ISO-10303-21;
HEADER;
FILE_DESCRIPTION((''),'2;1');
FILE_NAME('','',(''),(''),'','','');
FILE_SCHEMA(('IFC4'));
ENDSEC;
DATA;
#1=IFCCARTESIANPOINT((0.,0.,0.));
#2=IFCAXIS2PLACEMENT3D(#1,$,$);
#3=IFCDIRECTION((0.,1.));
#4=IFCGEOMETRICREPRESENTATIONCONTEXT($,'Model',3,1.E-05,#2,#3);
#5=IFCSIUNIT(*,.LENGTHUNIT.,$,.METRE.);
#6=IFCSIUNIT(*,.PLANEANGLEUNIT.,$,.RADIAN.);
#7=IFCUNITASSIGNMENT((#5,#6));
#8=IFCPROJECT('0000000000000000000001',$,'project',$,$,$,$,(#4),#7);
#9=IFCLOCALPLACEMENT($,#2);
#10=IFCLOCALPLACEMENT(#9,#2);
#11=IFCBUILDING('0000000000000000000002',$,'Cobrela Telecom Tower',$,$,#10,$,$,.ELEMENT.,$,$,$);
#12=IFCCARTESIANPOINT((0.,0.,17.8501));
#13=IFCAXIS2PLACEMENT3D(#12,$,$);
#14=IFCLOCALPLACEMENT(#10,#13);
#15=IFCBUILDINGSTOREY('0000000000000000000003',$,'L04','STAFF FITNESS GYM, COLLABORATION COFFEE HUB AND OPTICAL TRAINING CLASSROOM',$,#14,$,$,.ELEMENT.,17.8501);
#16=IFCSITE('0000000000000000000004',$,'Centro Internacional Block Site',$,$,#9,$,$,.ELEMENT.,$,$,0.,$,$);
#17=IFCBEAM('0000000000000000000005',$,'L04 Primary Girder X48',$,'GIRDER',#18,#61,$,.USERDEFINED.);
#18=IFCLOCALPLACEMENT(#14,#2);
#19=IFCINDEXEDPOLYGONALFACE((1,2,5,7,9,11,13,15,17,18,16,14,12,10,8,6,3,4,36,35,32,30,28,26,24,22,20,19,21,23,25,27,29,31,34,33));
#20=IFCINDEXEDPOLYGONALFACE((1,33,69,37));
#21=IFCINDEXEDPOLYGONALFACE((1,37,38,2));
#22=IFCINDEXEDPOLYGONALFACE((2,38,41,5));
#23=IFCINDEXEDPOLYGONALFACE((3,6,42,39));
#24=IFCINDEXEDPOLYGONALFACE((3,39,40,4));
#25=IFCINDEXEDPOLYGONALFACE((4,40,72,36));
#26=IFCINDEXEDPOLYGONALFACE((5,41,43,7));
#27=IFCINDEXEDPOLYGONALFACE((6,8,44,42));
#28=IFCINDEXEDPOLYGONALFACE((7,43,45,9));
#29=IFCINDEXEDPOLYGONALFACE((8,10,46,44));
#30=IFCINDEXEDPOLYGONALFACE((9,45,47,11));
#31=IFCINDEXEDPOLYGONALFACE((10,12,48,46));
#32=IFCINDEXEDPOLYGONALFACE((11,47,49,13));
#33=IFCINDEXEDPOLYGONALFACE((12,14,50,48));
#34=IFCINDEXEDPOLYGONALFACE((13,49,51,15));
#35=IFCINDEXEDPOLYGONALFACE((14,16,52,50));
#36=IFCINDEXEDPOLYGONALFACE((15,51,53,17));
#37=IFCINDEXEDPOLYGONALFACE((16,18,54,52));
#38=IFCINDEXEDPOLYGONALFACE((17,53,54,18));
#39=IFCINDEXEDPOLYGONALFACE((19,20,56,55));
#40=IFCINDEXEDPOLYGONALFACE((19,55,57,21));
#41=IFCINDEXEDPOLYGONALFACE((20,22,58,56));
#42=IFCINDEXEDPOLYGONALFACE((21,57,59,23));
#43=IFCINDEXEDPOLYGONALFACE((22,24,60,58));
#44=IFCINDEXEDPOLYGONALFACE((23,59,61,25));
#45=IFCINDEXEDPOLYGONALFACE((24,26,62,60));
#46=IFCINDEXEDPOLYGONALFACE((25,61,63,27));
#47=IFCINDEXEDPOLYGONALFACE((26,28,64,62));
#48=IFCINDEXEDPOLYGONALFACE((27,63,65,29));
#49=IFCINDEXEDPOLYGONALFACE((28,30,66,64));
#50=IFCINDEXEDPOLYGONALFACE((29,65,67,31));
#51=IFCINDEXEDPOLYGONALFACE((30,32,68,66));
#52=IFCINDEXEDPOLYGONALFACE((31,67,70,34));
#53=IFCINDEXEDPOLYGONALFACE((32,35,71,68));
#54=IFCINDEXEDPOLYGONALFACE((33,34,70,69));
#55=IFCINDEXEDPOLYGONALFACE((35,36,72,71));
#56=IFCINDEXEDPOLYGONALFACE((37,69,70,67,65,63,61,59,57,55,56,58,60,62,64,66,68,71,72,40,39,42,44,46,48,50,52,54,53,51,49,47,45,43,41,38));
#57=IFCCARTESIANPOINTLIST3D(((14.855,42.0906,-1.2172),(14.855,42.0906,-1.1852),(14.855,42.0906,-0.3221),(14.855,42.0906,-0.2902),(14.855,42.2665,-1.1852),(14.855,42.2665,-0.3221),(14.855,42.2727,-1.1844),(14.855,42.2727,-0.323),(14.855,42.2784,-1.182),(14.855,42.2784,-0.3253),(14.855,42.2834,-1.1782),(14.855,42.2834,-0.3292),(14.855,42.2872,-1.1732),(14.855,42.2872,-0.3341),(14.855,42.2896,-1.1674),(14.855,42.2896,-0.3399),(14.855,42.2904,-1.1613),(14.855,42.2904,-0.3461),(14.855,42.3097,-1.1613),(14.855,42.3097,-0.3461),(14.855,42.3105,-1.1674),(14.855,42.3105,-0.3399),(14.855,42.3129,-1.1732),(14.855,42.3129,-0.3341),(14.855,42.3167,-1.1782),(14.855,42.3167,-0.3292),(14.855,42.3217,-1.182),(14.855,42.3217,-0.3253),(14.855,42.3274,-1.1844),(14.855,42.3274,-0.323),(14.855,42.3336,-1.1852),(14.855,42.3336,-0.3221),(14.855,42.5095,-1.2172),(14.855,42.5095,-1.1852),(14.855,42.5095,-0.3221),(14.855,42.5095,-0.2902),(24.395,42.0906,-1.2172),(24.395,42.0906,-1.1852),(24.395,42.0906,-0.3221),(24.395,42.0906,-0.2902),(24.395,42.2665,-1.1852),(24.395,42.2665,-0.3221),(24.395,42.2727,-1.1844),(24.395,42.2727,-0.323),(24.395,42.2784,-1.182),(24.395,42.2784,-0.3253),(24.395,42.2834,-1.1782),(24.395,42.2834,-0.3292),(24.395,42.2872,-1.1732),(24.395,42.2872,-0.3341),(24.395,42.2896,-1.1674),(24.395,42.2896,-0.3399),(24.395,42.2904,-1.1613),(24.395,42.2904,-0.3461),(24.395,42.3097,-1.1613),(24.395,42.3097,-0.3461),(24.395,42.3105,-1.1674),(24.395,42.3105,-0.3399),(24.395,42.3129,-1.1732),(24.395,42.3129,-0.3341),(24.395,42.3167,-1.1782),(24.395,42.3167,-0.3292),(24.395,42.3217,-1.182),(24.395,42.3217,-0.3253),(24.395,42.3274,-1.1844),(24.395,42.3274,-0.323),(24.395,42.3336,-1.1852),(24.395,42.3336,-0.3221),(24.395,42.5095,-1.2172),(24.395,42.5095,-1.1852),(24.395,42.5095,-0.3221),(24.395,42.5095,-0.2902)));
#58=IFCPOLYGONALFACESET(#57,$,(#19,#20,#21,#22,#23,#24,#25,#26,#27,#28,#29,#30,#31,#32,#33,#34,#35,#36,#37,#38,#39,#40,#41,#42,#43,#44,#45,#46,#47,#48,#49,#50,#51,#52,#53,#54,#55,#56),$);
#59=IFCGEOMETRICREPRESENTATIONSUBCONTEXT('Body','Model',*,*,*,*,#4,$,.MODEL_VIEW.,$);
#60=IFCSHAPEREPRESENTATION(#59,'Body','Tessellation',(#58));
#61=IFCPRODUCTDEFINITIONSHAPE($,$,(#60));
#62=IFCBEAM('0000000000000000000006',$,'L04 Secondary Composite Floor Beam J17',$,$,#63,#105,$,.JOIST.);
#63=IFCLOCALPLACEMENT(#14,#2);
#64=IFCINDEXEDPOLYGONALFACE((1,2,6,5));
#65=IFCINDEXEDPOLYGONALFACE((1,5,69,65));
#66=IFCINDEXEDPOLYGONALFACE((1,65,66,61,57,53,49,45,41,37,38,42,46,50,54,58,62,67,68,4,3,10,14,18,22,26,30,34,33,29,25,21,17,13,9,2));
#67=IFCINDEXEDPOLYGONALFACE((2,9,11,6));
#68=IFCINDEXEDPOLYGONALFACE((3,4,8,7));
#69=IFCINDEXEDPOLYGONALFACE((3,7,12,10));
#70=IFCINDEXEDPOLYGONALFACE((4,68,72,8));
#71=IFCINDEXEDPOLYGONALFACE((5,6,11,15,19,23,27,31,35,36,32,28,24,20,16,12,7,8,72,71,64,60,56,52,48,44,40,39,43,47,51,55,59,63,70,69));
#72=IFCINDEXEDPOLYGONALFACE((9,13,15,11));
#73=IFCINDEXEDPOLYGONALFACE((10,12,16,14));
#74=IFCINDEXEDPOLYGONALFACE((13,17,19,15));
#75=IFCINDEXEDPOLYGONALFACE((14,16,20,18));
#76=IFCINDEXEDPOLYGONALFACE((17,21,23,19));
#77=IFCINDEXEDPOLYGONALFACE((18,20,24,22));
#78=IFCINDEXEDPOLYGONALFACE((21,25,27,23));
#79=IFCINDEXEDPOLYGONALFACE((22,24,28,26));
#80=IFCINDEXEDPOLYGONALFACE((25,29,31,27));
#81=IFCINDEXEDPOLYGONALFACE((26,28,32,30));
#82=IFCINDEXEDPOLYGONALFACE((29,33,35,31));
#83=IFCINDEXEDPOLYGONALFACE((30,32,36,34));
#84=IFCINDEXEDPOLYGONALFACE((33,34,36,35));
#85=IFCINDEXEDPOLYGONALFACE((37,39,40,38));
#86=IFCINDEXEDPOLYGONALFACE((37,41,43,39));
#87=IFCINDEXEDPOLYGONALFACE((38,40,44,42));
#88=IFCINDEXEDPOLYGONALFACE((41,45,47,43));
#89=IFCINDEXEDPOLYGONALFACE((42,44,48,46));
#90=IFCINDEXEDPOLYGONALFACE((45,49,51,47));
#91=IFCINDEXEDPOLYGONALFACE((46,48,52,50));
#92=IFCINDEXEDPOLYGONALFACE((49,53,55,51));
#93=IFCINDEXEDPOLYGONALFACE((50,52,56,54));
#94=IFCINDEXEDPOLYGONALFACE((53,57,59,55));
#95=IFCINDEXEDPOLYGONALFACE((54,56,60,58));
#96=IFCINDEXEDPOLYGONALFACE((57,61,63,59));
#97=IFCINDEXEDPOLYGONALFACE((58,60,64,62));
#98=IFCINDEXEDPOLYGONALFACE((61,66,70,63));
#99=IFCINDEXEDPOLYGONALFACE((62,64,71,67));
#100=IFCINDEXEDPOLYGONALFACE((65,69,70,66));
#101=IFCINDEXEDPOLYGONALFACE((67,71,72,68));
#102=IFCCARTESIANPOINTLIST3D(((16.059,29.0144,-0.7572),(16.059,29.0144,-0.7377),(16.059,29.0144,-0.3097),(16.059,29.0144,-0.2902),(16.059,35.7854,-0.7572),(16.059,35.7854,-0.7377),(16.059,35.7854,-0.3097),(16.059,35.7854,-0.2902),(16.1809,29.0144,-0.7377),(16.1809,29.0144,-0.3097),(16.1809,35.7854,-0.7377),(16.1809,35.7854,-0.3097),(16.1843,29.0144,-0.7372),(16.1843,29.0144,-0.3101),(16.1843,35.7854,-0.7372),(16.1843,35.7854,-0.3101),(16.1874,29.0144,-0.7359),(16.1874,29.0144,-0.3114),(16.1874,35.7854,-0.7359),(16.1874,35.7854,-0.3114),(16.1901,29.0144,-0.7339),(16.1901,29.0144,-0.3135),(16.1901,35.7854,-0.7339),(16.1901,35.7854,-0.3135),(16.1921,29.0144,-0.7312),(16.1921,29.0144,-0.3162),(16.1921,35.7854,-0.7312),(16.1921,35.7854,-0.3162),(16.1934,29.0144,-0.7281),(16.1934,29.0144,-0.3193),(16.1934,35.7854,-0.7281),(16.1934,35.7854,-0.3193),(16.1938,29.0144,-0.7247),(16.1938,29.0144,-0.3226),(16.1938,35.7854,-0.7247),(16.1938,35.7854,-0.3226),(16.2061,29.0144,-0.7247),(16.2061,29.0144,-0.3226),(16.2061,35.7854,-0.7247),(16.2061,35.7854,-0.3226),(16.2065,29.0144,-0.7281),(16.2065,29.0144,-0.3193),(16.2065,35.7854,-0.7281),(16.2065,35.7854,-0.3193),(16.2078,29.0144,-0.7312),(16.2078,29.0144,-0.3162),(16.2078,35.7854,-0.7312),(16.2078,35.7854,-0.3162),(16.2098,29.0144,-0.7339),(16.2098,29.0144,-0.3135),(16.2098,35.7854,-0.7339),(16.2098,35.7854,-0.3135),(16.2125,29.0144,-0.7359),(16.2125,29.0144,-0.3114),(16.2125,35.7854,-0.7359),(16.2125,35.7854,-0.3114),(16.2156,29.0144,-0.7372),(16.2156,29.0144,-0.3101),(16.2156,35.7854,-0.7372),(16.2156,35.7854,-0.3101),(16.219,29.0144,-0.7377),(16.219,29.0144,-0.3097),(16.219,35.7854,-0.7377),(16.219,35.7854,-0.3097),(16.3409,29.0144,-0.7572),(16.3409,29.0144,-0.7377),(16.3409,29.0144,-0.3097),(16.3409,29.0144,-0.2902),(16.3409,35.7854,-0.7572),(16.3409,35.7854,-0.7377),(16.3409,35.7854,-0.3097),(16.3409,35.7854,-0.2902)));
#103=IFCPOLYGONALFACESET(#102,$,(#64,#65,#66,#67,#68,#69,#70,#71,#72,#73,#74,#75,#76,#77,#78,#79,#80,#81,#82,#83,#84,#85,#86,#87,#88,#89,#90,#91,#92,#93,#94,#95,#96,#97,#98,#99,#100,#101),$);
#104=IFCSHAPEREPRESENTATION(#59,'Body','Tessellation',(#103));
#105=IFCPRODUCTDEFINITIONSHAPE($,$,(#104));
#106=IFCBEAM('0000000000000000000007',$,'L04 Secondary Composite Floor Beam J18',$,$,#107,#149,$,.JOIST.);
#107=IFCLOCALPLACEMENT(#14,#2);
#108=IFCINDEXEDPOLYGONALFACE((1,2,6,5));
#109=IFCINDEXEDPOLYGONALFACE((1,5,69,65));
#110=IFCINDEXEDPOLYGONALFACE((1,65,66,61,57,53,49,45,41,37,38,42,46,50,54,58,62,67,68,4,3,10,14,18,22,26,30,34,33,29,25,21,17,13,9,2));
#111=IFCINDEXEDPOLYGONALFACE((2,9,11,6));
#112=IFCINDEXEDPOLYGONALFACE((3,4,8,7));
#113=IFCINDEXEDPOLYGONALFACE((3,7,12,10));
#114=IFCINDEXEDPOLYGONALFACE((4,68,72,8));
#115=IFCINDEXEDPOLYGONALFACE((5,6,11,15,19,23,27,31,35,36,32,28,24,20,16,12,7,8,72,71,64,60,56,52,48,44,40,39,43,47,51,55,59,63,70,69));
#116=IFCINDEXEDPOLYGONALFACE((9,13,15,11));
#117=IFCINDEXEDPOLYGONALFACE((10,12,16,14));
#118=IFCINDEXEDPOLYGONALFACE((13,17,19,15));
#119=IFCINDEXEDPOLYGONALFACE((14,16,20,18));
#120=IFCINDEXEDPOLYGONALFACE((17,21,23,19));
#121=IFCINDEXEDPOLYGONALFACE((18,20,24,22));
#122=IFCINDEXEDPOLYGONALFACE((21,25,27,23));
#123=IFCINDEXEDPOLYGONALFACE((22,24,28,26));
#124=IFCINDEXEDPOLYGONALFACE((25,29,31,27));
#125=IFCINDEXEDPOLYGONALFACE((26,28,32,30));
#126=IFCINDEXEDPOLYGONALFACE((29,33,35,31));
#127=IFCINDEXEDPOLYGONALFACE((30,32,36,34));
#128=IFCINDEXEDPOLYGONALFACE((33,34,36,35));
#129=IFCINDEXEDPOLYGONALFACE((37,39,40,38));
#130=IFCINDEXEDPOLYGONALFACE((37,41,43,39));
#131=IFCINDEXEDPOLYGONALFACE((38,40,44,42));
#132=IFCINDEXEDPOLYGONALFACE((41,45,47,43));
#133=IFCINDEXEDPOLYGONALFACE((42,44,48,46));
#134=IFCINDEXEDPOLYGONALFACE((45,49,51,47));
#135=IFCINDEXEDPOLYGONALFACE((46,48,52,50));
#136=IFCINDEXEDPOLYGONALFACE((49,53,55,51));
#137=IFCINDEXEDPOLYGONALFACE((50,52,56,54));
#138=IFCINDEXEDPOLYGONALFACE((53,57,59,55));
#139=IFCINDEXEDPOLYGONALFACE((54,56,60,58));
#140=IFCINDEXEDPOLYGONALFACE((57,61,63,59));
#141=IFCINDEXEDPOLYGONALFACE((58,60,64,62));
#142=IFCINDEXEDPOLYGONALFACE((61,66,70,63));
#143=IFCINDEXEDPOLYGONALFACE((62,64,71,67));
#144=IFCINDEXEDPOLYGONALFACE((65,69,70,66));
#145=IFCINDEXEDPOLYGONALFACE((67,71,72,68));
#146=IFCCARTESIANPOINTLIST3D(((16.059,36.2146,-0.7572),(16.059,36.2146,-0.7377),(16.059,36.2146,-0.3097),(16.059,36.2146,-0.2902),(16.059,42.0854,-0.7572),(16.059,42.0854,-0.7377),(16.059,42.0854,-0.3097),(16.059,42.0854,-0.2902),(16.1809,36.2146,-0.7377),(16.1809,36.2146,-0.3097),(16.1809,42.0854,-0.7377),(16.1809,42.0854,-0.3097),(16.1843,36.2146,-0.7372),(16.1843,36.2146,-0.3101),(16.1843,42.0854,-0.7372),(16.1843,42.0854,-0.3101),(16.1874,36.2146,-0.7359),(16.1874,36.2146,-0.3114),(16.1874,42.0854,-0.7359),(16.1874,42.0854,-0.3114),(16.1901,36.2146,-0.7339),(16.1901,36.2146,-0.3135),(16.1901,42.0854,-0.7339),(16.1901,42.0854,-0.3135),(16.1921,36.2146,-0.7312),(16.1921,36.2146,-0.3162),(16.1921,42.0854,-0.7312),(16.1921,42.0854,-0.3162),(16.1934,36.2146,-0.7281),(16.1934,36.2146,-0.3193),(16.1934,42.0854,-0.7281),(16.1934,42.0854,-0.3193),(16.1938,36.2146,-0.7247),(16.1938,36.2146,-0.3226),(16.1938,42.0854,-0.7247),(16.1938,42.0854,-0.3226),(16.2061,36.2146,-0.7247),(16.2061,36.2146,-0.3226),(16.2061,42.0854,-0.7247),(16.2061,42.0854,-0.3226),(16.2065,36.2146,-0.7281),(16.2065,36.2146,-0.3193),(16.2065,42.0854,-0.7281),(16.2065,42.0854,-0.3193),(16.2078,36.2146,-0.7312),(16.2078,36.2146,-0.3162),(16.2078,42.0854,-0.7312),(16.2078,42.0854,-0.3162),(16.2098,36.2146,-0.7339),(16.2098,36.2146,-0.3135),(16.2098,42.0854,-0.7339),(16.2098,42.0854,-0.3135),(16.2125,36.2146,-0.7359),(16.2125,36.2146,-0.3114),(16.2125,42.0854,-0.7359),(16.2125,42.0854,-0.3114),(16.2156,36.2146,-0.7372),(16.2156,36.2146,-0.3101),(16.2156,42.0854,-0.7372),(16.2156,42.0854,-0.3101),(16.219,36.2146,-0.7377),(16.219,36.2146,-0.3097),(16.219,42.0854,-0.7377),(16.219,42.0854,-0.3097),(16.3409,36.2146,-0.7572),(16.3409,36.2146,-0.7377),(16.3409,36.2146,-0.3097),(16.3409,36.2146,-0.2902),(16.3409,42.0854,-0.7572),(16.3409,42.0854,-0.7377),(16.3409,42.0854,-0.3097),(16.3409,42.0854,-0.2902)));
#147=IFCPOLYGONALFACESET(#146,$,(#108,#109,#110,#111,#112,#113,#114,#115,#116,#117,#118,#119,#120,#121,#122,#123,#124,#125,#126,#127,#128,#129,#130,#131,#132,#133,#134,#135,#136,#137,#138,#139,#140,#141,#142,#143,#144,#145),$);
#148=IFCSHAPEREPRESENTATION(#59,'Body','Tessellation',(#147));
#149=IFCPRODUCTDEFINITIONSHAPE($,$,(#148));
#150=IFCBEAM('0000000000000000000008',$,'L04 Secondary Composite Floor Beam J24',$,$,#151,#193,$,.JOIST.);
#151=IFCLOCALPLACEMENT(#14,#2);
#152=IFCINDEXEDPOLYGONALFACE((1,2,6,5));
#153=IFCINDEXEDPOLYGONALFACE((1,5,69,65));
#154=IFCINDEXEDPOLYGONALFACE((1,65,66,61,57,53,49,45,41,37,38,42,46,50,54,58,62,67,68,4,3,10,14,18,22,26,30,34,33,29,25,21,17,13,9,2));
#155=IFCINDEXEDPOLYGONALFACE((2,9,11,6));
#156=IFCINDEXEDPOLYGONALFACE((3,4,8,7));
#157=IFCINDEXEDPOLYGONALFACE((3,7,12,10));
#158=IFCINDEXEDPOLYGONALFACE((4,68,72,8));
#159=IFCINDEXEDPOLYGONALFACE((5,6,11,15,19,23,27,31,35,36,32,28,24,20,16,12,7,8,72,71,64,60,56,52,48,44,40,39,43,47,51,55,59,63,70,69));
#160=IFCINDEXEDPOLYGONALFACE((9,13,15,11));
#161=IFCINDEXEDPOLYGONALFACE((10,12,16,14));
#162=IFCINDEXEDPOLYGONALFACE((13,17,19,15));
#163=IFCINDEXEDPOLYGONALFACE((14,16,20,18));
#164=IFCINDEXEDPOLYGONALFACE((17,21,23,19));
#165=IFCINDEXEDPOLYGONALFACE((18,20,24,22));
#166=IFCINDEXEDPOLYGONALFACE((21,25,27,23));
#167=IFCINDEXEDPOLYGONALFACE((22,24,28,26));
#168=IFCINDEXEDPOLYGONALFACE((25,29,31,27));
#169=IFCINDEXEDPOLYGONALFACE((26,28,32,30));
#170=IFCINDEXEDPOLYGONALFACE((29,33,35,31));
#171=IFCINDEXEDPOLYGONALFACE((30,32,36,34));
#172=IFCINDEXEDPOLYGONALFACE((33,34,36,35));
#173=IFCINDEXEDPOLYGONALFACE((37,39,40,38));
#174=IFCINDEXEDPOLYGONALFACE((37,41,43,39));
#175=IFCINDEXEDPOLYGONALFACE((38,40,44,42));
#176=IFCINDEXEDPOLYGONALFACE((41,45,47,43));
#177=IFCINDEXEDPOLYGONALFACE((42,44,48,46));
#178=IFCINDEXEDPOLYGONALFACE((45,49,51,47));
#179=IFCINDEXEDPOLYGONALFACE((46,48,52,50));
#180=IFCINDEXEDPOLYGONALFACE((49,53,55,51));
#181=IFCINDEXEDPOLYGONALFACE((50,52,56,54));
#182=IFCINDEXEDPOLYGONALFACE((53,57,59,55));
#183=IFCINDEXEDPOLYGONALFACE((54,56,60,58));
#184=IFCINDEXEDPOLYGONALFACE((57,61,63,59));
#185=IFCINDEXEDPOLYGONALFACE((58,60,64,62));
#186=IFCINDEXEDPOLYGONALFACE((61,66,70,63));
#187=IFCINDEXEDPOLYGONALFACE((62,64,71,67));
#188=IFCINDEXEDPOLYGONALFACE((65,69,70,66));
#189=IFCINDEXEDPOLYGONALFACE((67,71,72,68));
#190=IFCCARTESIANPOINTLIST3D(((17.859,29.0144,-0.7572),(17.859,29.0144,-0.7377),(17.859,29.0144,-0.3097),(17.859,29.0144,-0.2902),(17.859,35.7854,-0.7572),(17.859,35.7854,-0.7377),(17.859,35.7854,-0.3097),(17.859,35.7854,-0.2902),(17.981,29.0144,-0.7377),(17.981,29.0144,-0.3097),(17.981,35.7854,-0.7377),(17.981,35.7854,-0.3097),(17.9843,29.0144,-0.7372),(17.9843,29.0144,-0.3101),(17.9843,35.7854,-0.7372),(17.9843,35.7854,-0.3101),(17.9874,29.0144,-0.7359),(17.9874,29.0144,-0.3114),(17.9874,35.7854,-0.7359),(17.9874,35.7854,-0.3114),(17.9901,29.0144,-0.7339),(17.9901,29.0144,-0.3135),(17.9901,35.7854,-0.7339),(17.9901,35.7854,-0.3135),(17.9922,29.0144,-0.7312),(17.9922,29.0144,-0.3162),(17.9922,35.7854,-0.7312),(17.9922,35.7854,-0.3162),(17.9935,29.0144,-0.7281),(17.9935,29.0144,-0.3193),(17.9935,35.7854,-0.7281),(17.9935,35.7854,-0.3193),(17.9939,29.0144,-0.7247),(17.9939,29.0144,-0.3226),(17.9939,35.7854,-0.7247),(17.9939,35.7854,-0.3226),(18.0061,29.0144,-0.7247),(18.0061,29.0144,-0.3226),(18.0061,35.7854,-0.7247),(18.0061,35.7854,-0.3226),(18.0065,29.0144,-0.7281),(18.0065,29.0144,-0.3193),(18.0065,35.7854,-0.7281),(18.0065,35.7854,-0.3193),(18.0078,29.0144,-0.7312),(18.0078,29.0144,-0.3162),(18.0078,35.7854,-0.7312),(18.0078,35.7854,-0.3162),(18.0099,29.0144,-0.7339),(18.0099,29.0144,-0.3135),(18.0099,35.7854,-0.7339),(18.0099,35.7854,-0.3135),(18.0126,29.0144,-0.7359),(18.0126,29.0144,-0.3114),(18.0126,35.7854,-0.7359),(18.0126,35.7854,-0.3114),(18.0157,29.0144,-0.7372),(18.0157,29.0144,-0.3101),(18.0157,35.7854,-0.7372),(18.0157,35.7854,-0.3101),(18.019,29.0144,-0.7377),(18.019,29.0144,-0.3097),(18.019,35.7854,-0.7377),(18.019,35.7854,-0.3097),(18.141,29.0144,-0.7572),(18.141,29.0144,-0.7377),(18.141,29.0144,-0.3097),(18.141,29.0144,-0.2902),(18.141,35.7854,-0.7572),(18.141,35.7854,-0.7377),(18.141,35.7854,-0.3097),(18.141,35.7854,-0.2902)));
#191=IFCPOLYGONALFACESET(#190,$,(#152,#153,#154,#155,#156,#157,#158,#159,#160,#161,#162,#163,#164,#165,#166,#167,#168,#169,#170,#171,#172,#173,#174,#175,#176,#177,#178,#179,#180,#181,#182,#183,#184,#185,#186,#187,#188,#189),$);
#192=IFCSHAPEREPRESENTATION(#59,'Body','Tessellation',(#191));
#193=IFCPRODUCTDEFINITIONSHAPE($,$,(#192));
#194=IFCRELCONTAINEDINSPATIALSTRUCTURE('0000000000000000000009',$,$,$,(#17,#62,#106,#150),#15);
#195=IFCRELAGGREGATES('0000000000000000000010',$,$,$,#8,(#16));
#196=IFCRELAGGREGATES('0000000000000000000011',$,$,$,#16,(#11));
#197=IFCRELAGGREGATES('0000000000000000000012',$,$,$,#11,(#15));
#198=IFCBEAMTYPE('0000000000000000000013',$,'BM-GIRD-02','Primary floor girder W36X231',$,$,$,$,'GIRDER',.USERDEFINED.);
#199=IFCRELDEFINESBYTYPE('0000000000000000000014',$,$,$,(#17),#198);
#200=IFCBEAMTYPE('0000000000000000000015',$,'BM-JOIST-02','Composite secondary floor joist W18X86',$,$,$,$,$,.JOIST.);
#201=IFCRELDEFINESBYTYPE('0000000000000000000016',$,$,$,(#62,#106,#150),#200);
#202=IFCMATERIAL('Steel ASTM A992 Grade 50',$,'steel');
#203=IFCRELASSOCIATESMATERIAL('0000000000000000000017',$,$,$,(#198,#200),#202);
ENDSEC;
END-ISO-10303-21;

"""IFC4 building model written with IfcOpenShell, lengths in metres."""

from ifc_helpers import new_model, si_unit, direction, frame, origin, origin_2d, place, context, subcontext, project, spatial, i_section, extrude, material, material_profile, profile_set, type_object, element, save


model = new_model("IFC4")

# Units and contexts
model_context = context("Model", 3, precision=1e-05, world=origin(), true_north=direction((0.0, 1.0)))
body_context = subcontext(model_context, "Body", "Model", "MODEL_VIEW")
ifc_project = project(units=[si_unit("LENGTHUNIT", "METRE"), si_unit("PLANEANGLEUNIT", "RADIAN")], contexts=[model_context])

# Site, building, storey
site_placement = place(None, origin())
site = spatial("IfcSite", under=ifc_project, at=site_placement, Name="Centro Internacional Block Site", CompositionType="ELEMENT", RefElevation=0.0)
building_placement = place(site_placement, origin())
building = spatial("IfcBuilding", under=site, at=building_placement, Name="Cobrela Telecom Tower", CompositionType="ELEMENT")
storey_placement = place(building_placement, frame((0.0, 0.0, 17.8501)))
storey = spatial("IfcBuildingStorey", under=building, at=storey_placement, Name="L04", Description="STAFF FITNESS GYM, COLLABORATION COFFEE HUB AND OPTICAL TRAINING CLASSROOM", CompositionType="ELEMENT", Elevation=17.8501)

# Beams
ifc_material_1 = material(Name="Steel ASTM A992 Grade 50", Category="steel")
ifc_material_profile_1 = material_profile(ifc_material_1, i_section(OverallWidth=0.4189, OverallDepth=0.927, WebThickness=0.0193, FlangeThickness=0.032, FilletRadius=0.0239, at=origin_2d()), Name="W36X231")
ifc_profile_set_1 = profile_set([ifc_material_profile_1], Name="Steel ASTM A992 Grade 50")
beam_type_1 = type_object("IfcBeamType", Name="BM-GIRD-02", Description="Primary floor girder W36X231", ElementType="GIRDER", PredefinedType="USERDEFINED", material=ifc_profile_set_1)
beam_1_placement = place(storey_placement, frame((14.855, 42.3, -0.7537), z_axis=(1.0, 0.0, 0.0), x_axis=(0.0, 1.0, 0.0)))
element("IfcBeam", 1, at=beam_1_placement, inside=storey, type_object=beam_type_1, Name="L04 Primary Girder X48", ObjectType="GIRDER", PredefinedType="USERDEFINED", context=body_context, shape_type="SweptSolid", body=[
    extrude(i_section(OverallWidth=0.4189, OverallDepth=0.927, WebThickness=0.0193, FlangeThickness=0.032, FilletRadius=0.0239, at=origin_2d()), origin(), (0.0, 0.0, 1.0), 9.54),
])
ifc_material_profile_2 = material_profile(ifc_material_1, i_section(OverallWidth=0.282, OverallDepth=0.467, WebThickness=0.0122, FlangeThickness=0.0195, FilletRadius=0.0129, at=origin_2d()), Name="W18X86")
ifc_profile_set_2 = profile_set([ifc_material_profile_2], Name="Steel ASTM A992 Grade 50")
beam_type_2 = type_object("IfcBeamType", Name="BM-JOIST-02", Description="Composite secondary floor joist W18X86", PredefinedType="JOIST", material=ifc_profile_set_2)
beam_2_placement = place(storey_placement, frame((16.2, 29.0144, -0.5237), z_axis=(0.0, 1.0, 0.0), x_axis=(-1.0, 0.0, 0.0)))
element("IfcBeam", 2, at=beam_2_placement, inside=storey, type_object=beam_type_2, Name="L04 Secondary Composite Floor Beam J17", PredefinedType="JOIST", context=body_context, shape_type="SweptSolid", body=[
    extrude(i_section(OverallWidth=0.282, OverallDepth=0.467, WebThickness=0.0122, FlangeThickness=0.0195, FilletRadius=0.0129, at=origin_2d()), origin(), (0.0, 0.0, 1.0), 6.771),
])
beam_3_placement = place(storey_placement, frame((16.2, 36.2146, -0.5237), z_axis=(0.0, 1.0, 0.0), x_axis=(-1.0, 0.0, 0.0)))
element("IfcBeam", 3, at=beam_3_placement, inside=storey, type_object=beam_type_2, Name="L04 Secondary Composite Floor Beam J18", PredefinedType="JOIST", context=body_context, shape_type="SweptSolid", body=[
    extrude(i_section(OverallWidth=0.282, OverallDepth=0.467, WebThickness=0.0122, FlangeThickness=0.0195, FilletRadius=0.0129, at=origin_2d()), origin(), (0.0, 0.0, 1.0), 5.8708),
])
beam_4_placement = place(storey_placement, frame((18.0, 29.0144, -0.5237), z_axis=(0.0, 1.0, 0.0), x_axis=(-1.0, 0.0, 0.0)))
element("IfcBeam", 4, at=beam_4_placement, inside=storey, type_object=beam_type_2, Name="L04 Secondary Composite Floor Beam J24", PredefinedType="JOIST", context=body_context, shape_type="SweptSolid", body=[
    extrude(i_section(OverallWidth=0.282, OverallDepth=0.467, WebThickness=0.0122, FlangeThickness=0.0195, FilletRadius=0.0129, at=origin_2d()), origin(), (0.0, 0.0, 1.0), 6.771),
])

save(model, "model.ifc")
